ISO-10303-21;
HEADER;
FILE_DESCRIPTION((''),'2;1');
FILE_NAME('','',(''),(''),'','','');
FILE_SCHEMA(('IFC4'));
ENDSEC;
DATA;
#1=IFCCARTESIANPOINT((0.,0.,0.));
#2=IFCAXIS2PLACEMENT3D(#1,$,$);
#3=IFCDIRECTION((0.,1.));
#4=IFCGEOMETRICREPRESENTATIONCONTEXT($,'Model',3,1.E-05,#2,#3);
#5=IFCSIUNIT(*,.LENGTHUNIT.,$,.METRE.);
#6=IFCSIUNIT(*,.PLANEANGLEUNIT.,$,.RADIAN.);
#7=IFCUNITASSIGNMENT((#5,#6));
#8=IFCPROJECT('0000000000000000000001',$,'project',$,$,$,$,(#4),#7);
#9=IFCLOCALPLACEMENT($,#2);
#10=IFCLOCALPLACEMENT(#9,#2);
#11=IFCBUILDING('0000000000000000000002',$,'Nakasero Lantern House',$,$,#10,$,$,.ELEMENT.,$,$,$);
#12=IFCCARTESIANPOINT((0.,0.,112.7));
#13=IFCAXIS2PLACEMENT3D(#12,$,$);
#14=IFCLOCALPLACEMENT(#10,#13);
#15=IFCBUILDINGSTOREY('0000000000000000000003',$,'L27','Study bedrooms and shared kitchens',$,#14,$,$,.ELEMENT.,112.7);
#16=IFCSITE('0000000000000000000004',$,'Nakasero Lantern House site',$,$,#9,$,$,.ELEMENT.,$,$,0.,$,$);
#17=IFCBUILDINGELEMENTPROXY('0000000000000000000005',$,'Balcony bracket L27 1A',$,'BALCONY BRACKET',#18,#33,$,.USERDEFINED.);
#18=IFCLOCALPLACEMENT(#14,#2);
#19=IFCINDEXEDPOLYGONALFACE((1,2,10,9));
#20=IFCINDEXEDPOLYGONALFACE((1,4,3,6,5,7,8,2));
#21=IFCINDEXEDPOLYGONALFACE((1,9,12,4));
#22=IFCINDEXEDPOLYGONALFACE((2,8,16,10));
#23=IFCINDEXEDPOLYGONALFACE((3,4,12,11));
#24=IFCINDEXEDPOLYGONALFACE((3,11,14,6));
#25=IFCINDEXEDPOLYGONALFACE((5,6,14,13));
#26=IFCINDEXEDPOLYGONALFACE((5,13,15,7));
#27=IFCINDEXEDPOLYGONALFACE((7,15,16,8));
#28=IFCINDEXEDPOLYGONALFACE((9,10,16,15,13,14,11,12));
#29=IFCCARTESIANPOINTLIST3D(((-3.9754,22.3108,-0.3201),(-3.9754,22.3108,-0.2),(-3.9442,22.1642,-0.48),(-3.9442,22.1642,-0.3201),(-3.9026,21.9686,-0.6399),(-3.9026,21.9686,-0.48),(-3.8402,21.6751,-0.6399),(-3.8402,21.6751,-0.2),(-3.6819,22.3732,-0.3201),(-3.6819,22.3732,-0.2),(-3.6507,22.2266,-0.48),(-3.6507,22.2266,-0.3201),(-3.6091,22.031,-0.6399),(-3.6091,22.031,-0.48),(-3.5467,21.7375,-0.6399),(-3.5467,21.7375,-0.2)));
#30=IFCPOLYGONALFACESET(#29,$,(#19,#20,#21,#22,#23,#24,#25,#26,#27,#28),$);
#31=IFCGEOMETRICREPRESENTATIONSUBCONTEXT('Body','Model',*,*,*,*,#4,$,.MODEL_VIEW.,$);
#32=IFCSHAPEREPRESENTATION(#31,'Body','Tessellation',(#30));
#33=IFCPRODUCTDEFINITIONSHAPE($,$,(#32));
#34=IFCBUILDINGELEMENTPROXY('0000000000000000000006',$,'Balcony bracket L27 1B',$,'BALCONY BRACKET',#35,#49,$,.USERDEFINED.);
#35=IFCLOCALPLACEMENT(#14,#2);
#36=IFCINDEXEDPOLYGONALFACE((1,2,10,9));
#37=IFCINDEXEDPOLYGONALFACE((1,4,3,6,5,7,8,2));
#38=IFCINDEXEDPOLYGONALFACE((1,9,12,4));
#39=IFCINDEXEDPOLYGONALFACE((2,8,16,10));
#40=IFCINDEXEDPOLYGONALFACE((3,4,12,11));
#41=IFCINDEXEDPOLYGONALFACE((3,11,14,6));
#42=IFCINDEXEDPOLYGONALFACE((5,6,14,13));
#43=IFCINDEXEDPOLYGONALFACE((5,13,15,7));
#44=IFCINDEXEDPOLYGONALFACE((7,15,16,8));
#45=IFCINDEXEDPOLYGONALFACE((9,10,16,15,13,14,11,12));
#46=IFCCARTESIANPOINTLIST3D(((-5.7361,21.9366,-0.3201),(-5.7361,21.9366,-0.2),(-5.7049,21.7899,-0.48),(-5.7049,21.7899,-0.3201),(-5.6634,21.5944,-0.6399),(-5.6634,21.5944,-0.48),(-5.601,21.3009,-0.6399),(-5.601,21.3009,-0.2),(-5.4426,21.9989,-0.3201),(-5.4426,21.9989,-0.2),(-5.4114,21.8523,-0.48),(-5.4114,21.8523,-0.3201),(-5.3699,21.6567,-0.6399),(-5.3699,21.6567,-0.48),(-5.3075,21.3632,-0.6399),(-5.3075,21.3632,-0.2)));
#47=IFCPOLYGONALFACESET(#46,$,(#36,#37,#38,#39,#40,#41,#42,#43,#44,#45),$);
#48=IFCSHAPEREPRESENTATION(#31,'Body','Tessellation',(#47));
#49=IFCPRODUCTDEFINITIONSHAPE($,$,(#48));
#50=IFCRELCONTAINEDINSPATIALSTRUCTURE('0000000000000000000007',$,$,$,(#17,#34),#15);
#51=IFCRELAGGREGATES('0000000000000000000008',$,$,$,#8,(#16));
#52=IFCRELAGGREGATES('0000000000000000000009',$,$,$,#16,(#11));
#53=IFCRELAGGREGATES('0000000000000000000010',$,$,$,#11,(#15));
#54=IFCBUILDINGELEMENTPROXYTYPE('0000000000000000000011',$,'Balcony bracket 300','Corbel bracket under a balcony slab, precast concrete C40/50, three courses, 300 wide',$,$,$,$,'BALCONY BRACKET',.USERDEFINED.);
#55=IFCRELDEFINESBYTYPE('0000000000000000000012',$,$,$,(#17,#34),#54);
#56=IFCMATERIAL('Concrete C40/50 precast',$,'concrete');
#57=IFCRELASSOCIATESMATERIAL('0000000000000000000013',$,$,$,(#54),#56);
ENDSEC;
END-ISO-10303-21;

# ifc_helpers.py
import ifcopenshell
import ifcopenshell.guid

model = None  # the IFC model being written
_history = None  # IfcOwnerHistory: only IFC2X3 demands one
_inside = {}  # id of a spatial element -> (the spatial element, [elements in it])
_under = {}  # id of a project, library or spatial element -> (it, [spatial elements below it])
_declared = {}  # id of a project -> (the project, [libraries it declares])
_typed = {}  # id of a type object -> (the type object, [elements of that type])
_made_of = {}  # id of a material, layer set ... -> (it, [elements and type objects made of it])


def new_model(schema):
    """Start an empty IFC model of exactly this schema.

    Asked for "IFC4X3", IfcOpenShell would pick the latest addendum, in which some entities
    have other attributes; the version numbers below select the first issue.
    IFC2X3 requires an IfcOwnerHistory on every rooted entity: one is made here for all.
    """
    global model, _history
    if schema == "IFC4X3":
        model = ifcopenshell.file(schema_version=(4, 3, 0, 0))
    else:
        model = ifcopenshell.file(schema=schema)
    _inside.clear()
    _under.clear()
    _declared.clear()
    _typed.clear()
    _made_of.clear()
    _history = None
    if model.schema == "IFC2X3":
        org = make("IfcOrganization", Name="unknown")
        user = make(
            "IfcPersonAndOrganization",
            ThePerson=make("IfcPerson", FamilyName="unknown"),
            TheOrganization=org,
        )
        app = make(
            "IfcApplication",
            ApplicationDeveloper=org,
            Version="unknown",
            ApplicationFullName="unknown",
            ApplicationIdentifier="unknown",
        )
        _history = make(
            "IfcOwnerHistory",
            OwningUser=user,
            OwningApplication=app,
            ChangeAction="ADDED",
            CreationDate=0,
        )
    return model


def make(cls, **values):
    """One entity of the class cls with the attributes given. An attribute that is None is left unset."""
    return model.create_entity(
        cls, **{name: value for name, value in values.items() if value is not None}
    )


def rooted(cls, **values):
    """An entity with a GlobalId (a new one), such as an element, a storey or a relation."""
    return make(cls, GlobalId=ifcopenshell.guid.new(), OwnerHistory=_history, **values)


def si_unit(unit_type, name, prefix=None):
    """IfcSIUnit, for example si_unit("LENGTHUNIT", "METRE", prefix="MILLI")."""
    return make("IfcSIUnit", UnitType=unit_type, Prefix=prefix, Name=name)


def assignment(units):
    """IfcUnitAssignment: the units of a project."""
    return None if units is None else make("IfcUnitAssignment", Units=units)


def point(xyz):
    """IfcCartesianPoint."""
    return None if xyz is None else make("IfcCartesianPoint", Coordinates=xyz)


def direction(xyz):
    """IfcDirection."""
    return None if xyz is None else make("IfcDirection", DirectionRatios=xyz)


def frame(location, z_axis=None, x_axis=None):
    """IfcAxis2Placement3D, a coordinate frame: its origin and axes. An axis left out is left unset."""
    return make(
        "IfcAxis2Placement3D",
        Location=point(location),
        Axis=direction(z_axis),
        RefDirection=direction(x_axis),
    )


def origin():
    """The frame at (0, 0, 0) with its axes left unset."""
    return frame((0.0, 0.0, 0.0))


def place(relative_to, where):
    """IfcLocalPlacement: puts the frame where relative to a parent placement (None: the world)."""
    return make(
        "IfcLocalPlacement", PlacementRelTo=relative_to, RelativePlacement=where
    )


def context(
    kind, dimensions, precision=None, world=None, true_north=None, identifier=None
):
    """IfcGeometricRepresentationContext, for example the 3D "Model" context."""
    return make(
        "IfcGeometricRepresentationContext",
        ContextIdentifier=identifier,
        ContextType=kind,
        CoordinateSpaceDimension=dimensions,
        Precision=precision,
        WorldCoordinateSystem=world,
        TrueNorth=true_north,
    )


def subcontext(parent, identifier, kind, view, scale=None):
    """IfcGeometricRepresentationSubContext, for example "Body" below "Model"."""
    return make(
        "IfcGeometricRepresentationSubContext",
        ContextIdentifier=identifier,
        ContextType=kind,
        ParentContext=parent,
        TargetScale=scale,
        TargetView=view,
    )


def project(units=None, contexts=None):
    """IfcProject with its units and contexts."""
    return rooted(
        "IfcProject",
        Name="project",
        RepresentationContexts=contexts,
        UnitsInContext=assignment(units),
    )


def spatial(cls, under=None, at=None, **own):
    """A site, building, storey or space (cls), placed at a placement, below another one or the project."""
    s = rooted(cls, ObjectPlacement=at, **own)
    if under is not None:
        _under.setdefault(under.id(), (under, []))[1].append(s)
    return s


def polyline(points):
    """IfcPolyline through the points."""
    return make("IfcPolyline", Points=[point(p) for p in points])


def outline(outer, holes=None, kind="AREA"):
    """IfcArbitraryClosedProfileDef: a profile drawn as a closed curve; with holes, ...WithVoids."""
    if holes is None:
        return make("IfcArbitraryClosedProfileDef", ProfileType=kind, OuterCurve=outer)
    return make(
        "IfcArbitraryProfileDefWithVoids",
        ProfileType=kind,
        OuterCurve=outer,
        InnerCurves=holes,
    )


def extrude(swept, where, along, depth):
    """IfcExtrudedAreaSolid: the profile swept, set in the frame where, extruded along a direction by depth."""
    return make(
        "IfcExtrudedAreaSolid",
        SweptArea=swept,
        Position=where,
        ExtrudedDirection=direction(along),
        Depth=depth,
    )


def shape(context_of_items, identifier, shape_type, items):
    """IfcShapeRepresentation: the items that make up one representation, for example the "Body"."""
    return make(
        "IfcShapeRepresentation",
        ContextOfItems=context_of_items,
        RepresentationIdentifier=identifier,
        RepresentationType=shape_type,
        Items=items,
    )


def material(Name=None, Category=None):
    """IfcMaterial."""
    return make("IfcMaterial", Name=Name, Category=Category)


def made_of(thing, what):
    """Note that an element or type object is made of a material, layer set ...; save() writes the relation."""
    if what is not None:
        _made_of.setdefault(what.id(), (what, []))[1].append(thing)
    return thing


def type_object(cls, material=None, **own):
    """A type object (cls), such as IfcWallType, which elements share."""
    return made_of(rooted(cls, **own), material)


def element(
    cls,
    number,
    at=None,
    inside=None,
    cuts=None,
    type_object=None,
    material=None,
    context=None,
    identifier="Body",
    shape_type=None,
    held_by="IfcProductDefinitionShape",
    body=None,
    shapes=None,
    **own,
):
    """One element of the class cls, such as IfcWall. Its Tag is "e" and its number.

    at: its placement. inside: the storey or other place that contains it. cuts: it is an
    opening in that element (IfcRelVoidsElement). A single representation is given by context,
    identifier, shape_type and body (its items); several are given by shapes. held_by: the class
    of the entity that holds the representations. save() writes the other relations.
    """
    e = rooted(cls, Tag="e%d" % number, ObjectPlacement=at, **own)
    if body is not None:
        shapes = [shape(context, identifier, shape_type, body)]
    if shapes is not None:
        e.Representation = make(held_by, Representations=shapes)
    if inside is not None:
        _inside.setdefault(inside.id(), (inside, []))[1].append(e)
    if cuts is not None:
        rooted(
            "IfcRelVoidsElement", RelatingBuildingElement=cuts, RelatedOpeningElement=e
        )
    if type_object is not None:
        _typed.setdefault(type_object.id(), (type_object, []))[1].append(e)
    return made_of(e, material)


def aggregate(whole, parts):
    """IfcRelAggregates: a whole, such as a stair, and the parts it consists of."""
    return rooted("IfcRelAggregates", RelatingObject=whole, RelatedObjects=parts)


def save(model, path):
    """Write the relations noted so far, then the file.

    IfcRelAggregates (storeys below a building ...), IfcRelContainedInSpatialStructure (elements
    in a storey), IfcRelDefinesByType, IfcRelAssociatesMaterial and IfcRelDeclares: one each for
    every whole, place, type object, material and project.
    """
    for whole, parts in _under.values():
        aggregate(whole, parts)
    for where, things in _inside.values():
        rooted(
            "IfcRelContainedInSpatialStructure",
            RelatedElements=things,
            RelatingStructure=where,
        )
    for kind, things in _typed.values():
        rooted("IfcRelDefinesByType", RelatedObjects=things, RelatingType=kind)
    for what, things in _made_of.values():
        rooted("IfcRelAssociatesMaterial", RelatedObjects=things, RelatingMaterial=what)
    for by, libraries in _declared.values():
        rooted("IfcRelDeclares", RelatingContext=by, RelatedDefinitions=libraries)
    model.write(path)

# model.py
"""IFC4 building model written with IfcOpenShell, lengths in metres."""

from ifc_helpers import new_model, si_unit, direction, frame, origin, place, context, subcontext, project, spatial, polyline, outline, extrude, material, type_object, element, save


model = new_model("IFC4")

# Units and contexts
model_context = context("Model", 3, precision=1e-05, world=origin(), true_north=direction((0.0, 1.0)))
body_context = subcontext(model_context, "Body", "Model", "MODEL_VIEW")
ifc_project = project(units=[si_unit("LENGTHUNIT", "METRE"), si_unit("PLANEANGLEUNIT", "RADIAN")], contexts=[model_context])

# Site, building, storey
site_placement = place(None, origin())
site = spatial("IfcSite", under=ifc_project, at=site_placement, Name="Nakasero Lantern House site", CompositionType="ELEMENT", RefElevation=0.0)
building_placement = place(site_placement, origin())
building = spatial("IfcBuilding", under=site, at=building_placement, Name="Nakasero Lantern House", CompositionType="ELEMENT")
storey_placement = place(building_placement, frame((0.0, 0.0, 112.7)))
storey = spatial("IfcBuildingStorey", under=building, at=storey_placement, Name="L27", Description="Study bedrooms and shared kitchens", CompositionType="ELEMENT", Elevation=112.7)

# Building element proxies
ifc_material_1 = material(Name="Concrete C40/50 precast", Category="concrete")
building_element_proxy_type = type_object("IfcBuildingElementProxyType", Name="Balcony bracket 300", Description="Corbel bracket under a balcony slab, precast concrete C40/50, three courses, 300 wide", ElementType="BALCONY BRACKET", PredefinedType="USERDEFINED", material=ifc_material_1)
for number, where, z_axis, x_axis, name in (
    (1, (-3.6936, 21.7063, -0.2), (0.0, 0.0, 1.0), (-0.207912, 0.978148, 0.0), "Balcony bracket L27 1A"),
    (2, (-5.4543, 21.332, -0.2), (0.0, 0.0, 1.0), (-0.207912, 0.978148, 0.0), "Balcony bracket L27 1B"),
):
    element("IfcBuildingElementProxy", number, at=place(storey_placement, frame(where, z_axis=z_axis, x_axis=x_axis)), inside=storey, type_object=building_element_proxy_type, Name=name, ObjectType="BALCONY BRACKET", PredefinedType="USERDEFINED", context=body_context, shape_type="SweptSolid", body=[
        extrude(outline(polyline([(0.0, 0.0), (0.6499, 0.0), (0.6499, -0.1201), (0.5, -0.1201), (0.5, -0.28), (0.3, -0.28), (0.3, -0.4399), (0.0, -0.4399), (0.0, 0.0)])), frame((0.0, 0.1499, 0.0), z_axis=(0.0, -1.0, 0.0), x_axis=(1.0, 0.0, 0.0)), (0.0, 0.0, 1.0), 0.3),
    ])

save(model, "model.ifc")
